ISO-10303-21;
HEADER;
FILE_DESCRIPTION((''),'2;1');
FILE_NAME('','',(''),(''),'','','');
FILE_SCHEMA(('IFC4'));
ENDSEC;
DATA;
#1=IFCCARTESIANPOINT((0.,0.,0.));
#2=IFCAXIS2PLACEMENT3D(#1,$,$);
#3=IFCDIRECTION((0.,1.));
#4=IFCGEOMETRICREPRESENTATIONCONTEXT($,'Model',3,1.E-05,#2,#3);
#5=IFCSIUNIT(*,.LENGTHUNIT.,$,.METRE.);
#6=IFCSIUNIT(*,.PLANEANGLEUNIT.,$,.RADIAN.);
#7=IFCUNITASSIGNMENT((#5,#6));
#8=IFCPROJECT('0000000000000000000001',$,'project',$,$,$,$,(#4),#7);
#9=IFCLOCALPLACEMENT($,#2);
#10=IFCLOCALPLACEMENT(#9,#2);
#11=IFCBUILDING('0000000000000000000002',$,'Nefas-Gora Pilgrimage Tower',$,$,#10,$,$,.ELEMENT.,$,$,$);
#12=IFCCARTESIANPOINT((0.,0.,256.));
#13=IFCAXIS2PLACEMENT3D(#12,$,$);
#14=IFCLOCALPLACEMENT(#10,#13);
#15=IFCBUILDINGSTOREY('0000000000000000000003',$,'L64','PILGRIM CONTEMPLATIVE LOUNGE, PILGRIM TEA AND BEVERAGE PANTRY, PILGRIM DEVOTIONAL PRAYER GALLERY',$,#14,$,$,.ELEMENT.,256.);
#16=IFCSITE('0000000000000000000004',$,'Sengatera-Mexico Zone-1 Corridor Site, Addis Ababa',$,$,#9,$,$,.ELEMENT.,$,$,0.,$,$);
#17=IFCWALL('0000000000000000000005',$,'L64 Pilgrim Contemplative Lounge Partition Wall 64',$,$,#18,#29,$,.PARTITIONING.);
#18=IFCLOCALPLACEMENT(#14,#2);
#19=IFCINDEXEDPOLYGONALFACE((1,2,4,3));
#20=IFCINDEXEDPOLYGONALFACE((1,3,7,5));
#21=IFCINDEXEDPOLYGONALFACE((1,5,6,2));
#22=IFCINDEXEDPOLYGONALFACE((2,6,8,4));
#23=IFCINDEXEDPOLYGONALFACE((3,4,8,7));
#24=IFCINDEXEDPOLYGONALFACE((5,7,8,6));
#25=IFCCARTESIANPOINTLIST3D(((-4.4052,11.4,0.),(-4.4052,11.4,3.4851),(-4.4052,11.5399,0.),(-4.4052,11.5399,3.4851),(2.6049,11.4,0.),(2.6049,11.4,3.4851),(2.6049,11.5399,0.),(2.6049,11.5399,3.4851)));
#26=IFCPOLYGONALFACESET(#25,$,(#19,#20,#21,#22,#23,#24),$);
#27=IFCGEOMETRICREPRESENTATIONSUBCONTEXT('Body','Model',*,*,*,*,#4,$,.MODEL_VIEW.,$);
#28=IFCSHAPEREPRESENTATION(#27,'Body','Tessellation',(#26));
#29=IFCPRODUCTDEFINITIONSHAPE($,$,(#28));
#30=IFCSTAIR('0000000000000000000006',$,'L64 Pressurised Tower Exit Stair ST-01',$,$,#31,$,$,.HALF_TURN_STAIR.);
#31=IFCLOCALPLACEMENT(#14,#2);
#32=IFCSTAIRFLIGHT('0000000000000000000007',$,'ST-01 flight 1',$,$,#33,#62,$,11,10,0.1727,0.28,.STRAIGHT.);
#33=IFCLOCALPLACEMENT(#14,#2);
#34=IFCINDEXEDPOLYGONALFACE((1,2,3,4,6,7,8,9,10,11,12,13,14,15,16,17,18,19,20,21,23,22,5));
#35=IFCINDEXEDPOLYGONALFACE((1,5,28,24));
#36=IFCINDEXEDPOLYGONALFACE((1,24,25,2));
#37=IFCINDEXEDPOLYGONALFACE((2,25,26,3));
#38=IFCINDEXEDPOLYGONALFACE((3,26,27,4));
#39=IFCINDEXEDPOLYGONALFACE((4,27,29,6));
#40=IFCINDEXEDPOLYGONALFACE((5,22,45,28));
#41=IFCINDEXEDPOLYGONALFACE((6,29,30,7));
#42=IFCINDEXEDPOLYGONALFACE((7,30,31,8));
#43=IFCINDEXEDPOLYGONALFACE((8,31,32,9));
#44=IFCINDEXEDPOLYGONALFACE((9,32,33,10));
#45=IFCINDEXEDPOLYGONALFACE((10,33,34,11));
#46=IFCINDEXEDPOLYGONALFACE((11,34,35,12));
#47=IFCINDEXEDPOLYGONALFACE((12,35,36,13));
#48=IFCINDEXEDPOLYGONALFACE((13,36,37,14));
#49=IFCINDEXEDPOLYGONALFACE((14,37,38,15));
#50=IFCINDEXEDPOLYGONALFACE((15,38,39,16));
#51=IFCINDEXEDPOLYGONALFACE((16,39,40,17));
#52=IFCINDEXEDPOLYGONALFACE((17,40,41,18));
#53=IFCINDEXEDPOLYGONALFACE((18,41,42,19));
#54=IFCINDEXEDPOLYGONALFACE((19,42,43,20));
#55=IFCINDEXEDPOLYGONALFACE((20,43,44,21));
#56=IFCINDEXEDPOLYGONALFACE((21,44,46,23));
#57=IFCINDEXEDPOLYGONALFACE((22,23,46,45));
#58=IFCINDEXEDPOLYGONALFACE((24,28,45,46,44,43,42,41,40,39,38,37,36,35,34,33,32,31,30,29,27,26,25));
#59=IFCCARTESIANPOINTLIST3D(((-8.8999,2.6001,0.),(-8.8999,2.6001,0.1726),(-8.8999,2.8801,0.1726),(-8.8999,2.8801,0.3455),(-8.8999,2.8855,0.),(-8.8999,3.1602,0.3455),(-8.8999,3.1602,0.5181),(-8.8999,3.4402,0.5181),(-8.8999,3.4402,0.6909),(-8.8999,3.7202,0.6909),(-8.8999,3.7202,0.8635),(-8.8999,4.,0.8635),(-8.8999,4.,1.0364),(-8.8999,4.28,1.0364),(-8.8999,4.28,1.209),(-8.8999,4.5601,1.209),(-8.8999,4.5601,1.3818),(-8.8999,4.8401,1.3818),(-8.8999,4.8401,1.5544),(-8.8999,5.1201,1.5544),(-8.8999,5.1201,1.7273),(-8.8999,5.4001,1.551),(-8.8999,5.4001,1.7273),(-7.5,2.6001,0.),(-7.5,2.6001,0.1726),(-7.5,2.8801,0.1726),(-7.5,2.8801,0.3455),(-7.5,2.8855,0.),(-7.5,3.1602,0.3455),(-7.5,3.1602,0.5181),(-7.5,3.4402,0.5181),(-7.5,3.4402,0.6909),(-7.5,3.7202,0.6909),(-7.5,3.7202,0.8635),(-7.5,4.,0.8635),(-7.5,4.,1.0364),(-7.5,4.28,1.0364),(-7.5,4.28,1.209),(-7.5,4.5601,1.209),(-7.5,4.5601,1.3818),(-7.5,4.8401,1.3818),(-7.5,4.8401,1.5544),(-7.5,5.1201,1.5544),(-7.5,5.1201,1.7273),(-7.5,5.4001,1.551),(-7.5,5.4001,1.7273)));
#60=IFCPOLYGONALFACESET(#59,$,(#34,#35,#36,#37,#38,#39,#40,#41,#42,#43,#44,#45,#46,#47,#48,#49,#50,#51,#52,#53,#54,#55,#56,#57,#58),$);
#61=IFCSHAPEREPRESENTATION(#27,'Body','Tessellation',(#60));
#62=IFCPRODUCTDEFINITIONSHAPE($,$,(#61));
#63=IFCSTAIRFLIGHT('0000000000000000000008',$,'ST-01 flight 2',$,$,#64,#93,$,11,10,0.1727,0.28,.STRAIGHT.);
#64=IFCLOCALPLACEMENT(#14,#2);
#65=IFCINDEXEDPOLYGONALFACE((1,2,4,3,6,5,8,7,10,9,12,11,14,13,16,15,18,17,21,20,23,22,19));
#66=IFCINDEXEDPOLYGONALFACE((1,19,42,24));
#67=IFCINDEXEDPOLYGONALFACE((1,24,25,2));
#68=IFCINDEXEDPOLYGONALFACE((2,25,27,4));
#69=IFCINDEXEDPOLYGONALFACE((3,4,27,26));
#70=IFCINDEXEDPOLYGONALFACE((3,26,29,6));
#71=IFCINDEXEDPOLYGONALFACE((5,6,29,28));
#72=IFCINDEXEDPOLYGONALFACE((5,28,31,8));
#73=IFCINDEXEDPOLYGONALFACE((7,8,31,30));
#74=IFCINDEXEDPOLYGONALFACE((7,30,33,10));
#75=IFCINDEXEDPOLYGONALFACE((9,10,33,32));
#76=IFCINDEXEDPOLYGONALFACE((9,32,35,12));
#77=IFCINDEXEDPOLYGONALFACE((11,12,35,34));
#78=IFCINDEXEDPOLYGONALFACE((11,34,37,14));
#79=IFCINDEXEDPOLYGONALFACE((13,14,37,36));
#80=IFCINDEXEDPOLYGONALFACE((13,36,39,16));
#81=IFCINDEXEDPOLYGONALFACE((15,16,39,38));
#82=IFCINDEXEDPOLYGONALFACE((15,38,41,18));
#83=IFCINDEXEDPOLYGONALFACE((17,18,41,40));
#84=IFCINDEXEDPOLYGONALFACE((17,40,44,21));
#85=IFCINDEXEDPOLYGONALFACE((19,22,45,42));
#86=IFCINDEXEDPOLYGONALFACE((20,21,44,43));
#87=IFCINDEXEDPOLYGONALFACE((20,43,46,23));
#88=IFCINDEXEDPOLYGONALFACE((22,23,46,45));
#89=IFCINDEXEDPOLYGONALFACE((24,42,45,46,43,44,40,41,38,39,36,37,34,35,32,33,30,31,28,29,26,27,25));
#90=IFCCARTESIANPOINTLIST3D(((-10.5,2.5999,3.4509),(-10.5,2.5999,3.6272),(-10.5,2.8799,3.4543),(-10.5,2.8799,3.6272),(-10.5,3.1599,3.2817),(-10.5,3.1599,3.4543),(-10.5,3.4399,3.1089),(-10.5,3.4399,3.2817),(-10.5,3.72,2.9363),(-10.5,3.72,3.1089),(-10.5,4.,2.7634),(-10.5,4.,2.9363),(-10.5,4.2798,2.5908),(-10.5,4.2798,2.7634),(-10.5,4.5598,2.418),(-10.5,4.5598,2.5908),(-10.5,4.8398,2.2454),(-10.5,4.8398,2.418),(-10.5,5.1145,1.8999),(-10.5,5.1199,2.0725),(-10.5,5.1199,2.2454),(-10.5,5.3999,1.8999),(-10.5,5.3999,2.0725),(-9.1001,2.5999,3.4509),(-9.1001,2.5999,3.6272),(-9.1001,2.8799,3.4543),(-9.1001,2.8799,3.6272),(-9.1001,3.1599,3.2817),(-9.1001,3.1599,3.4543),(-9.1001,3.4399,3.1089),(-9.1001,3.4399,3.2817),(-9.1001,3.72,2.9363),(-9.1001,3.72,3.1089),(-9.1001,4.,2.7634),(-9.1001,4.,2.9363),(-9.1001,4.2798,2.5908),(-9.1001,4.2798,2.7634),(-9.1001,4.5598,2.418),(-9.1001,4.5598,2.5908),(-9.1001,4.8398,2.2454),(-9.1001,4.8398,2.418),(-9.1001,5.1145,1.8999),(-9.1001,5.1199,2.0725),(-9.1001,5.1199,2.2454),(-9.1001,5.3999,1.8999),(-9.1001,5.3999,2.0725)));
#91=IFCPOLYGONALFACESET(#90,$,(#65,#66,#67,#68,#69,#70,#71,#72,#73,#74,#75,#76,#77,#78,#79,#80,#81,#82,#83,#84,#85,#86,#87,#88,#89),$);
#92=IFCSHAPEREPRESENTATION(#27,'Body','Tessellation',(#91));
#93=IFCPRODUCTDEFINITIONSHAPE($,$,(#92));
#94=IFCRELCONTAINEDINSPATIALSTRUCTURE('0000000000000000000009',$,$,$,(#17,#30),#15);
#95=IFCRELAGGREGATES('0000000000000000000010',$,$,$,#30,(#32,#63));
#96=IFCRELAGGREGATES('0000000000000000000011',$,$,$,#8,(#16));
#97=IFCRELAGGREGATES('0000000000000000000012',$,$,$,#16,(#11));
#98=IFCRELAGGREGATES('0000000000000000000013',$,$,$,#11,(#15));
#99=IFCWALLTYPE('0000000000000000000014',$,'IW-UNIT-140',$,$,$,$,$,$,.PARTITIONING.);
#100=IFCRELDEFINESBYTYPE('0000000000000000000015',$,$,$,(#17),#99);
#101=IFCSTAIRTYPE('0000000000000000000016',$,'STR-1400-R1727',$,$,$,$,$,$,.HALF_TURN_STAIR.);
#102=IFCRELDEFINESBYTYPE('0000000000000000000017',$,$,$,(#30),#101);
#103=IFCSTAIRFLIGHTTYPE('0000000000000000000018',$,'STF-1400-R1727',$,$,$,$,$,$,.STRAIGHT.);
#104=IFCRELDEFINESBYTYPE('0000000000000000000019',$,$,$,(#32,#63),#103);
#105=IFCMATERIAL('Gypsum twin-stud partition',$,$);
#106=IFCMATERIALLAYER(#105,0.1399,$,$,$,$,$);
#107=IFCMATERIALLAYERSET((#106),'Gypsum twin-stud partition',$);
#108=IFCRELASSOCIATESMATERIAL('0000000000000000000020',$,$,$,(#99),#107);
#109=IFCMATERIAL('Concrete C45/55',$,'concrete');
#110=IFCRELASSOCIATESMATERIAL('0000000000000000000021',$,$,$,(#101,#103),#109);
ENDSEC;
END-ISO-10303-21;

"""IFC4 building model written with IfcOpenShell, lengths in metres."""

from ifc_helpers import new_model, si_unit, direction, frame, frame_2d, origin, place, context, subcontext, project, spatial, polyline, rectangle, outline, extrude, source, transform, mapped, material, layer, layer_set, type_object, element, aggregate, save


model = new_model("IFC4")

# Units and contexts
model_context = context("Model", 3, precision=1e-05, world=origin(), true_north=direction((0.0, 1.0)))
body_context = subcontext(model_context, "Body", "Model", "MODEL_VIEW")
ifc_project = project(units=[si_unit("LENGTHUNIT", "METRE"), si_unit("PLANEANGLEUNIT", "RADIAN")], contexts=[model_context])

# Site, building, storey
site_placement = place(None, origin())
site = spatial("IfcSite", under=ifc_project, at=site_placement, Name="Sengatera-Mexico Zone-1 Corridor Site, Addis Ababa", CompositionType="ELEMENT", RefElevation=0.0)
building_placement = place(site_placement, origin())
building = spatial("IfcBuilding", under=site, at=building_placement, Name="Nefas-Gora Pilgrimage Tower", CompositionType="ELEMENT")
storey_placement = place(building_placement, frame((0.0, 0.0, 256.0)))
storey = spatial("IfcBuildingStorey", under=building, at=storey_placement, Name="L64", Description="PILGRIM CONTEMPLATIVE LOUNGE, PILGRIM TEA AND BEVERAGE PANTRY, PILGRIM DEVOTIONAL PRAYER GALLERY", CompositionType="ELEMENT", Elevation=256.0)

# Shared definitions
ifc_material_1 = material(Name="Concrete C45/55", Category="concrete")

# Shared definitions
ifc_material_2 = material(Name="Gypsum twin-stud partition")
ifc_layer_1 = layer(ifc_material_2, 0.1399)
ifc_layer_set_1 = layer_set([ifc_layer_1], Name="Gypsum twin-stud partition")
wall_type_1 = type_object("IfcWallType", Name="IW-UNIT-140", PredefinedType="PARTITIONING", material=ifc_layer_set_1)

# Wall
shared_shape_1 = source(origin(), body_context, "Body", "SweptSolid", [
    extrude(rectangle(XDim=7.01, YDim=0.1399, at=frame_2d((3.5049, 0.0))), origin(), (0.0, 0.0, 1.0), 3.4851),
])
wall_1_placement = place(storey_placement, frame((-4.405, 11.47, 0.0), z_axis=(0.0, 0.0, 1.0), x_axis=(1.0, 0.0, 0.0)))
element("IfcWall", 1, at=wall_1_placement, inside=storey, type_object=wall_type_1, Name="L64 Pilgrim Contemplative Lounge Partition Wall 64", PredefinedType="PARTITIONING", context=body_context, shape_type="MappedRepresentation", body=[
    mapped(shared_shape_1, transform((0.0, 0.0, 0.0), x_axis=(1.0, 0.0, 0.0), y_axis=(0.0, 1.0, 0.0), z_axis=(0.0, 0.0, 1.0), scale=1.0)),
])

# Stair, stair flights
stair_type = type_object("IfcStairType", Name="STR-1400-R1727", PredefinedType="HALF_TURN_STAIR", material=ifc_material_1)
stair_placement = place(storey_placement, origin())
stair = element("IfcStair", 2, at=stair_placement, inside=storey, type_object=stair_type, Name="L64 Pressurised Tower Exit Stair ST-01", PredefinedType="HALF_TURN_STAIR")
stair_flight_type = type_object("IfcStairFlightType", Name="STF-1400-R1727", PredefinedType="STRAIGHT", material=ifc_material_1)
shared_shape_2 = source(origin(), body_context, "Body", "SweptSolid", [
    extrude(outline(polyline([(0.0, 0.0), (0.0, 0.1726), (0.28, 0.1726), (0.28, 0.3455), (0.5601, 0.3455), (0.5601, 0.5181), (0.8401, 0.5181), (0.8401, 0.6909), (1.1201, 0.6909), (1.1201, 0.8635), (1.3999, 0.8635), (1.3999, 1.0364), (1.6799, 1.0364), (1.6799, 1.209), (1.96, 1.209), (1.96, 1.3818), (2.24, 1.3818), (2.24, 1.5544), (2.52, 1.5544), (2.52, 1.7273), (2.8, 1.7273), (2.8, 1.8999), (2.8, 1.551), (0.2854, 0.0), (0.0, 0.0)])), frame((0.0, 0.7, 0.0), z_axis=(0.0, -1.0, 0.0), x_axis=(1.0, 0.0, 0.0)), (0.0, 0.0, 1.0), 1.3999),
])
stair_flight_1_placement = place(storey_placement, frame((-8.2, 2.6001, 0.0), z_axis=(0.0, 0.0, 1.0), x_axis=(0.0, 1.0, 0.0)))
stair_flight_1 = element("IfcStairFlight", 3, at=stair_flight_1_placement, type_object=stair_flight_type, Name="ST-01 flight 1", NumberOfRisers=11, NumberOfTreads=10, PredefinedType="STRAIGHT", RiserHeight=0.1727, TreadLength=0.28, context=body_context, shape_type="MappedRepresentation", body=[
    mapped(shared_shape_2, transform((0.0, 0.0, 0.0), x_axis=(1.0, 0.0, 0.0), y_axis=(0.0, 1.0, 0.0), z_axis=(0.0, 0.0, 1.0), scale=1.0)),
])
stair_flight_2_placement = place(storey_placement, frame((-9.8, 5.3999, 1.8999), z_axis=(0.0, 0.0, 1.0), x_axis=(0.0, -1.0, 0.0)))
stair_flight_2 = element("IfcStairFlight", 4, at=stair_flight_2_placement, type_object=stair_flight_type, Name="ST-01 flight 2", NumberOfRisers=11, NumberOfTreads=10, PredefinedType="STRAIGHT", RiserHeight=0.1727, TreadLength=0.28, context=body_context, shape_type="MappedRepresentation", body=[
    mapped(shared_shape_2, transform((0.0, 0.0, 0.0), x_axis=(1.0, 0.0, 0.0), y_axis=(0.0, 1.0, 0.0), z_axis=(0.0, 0.0, 1.0), scale=1.0)),
])
aggregate(stair, [stair_flight_1, stair_flight_2])

save(model, "model.ifc")
